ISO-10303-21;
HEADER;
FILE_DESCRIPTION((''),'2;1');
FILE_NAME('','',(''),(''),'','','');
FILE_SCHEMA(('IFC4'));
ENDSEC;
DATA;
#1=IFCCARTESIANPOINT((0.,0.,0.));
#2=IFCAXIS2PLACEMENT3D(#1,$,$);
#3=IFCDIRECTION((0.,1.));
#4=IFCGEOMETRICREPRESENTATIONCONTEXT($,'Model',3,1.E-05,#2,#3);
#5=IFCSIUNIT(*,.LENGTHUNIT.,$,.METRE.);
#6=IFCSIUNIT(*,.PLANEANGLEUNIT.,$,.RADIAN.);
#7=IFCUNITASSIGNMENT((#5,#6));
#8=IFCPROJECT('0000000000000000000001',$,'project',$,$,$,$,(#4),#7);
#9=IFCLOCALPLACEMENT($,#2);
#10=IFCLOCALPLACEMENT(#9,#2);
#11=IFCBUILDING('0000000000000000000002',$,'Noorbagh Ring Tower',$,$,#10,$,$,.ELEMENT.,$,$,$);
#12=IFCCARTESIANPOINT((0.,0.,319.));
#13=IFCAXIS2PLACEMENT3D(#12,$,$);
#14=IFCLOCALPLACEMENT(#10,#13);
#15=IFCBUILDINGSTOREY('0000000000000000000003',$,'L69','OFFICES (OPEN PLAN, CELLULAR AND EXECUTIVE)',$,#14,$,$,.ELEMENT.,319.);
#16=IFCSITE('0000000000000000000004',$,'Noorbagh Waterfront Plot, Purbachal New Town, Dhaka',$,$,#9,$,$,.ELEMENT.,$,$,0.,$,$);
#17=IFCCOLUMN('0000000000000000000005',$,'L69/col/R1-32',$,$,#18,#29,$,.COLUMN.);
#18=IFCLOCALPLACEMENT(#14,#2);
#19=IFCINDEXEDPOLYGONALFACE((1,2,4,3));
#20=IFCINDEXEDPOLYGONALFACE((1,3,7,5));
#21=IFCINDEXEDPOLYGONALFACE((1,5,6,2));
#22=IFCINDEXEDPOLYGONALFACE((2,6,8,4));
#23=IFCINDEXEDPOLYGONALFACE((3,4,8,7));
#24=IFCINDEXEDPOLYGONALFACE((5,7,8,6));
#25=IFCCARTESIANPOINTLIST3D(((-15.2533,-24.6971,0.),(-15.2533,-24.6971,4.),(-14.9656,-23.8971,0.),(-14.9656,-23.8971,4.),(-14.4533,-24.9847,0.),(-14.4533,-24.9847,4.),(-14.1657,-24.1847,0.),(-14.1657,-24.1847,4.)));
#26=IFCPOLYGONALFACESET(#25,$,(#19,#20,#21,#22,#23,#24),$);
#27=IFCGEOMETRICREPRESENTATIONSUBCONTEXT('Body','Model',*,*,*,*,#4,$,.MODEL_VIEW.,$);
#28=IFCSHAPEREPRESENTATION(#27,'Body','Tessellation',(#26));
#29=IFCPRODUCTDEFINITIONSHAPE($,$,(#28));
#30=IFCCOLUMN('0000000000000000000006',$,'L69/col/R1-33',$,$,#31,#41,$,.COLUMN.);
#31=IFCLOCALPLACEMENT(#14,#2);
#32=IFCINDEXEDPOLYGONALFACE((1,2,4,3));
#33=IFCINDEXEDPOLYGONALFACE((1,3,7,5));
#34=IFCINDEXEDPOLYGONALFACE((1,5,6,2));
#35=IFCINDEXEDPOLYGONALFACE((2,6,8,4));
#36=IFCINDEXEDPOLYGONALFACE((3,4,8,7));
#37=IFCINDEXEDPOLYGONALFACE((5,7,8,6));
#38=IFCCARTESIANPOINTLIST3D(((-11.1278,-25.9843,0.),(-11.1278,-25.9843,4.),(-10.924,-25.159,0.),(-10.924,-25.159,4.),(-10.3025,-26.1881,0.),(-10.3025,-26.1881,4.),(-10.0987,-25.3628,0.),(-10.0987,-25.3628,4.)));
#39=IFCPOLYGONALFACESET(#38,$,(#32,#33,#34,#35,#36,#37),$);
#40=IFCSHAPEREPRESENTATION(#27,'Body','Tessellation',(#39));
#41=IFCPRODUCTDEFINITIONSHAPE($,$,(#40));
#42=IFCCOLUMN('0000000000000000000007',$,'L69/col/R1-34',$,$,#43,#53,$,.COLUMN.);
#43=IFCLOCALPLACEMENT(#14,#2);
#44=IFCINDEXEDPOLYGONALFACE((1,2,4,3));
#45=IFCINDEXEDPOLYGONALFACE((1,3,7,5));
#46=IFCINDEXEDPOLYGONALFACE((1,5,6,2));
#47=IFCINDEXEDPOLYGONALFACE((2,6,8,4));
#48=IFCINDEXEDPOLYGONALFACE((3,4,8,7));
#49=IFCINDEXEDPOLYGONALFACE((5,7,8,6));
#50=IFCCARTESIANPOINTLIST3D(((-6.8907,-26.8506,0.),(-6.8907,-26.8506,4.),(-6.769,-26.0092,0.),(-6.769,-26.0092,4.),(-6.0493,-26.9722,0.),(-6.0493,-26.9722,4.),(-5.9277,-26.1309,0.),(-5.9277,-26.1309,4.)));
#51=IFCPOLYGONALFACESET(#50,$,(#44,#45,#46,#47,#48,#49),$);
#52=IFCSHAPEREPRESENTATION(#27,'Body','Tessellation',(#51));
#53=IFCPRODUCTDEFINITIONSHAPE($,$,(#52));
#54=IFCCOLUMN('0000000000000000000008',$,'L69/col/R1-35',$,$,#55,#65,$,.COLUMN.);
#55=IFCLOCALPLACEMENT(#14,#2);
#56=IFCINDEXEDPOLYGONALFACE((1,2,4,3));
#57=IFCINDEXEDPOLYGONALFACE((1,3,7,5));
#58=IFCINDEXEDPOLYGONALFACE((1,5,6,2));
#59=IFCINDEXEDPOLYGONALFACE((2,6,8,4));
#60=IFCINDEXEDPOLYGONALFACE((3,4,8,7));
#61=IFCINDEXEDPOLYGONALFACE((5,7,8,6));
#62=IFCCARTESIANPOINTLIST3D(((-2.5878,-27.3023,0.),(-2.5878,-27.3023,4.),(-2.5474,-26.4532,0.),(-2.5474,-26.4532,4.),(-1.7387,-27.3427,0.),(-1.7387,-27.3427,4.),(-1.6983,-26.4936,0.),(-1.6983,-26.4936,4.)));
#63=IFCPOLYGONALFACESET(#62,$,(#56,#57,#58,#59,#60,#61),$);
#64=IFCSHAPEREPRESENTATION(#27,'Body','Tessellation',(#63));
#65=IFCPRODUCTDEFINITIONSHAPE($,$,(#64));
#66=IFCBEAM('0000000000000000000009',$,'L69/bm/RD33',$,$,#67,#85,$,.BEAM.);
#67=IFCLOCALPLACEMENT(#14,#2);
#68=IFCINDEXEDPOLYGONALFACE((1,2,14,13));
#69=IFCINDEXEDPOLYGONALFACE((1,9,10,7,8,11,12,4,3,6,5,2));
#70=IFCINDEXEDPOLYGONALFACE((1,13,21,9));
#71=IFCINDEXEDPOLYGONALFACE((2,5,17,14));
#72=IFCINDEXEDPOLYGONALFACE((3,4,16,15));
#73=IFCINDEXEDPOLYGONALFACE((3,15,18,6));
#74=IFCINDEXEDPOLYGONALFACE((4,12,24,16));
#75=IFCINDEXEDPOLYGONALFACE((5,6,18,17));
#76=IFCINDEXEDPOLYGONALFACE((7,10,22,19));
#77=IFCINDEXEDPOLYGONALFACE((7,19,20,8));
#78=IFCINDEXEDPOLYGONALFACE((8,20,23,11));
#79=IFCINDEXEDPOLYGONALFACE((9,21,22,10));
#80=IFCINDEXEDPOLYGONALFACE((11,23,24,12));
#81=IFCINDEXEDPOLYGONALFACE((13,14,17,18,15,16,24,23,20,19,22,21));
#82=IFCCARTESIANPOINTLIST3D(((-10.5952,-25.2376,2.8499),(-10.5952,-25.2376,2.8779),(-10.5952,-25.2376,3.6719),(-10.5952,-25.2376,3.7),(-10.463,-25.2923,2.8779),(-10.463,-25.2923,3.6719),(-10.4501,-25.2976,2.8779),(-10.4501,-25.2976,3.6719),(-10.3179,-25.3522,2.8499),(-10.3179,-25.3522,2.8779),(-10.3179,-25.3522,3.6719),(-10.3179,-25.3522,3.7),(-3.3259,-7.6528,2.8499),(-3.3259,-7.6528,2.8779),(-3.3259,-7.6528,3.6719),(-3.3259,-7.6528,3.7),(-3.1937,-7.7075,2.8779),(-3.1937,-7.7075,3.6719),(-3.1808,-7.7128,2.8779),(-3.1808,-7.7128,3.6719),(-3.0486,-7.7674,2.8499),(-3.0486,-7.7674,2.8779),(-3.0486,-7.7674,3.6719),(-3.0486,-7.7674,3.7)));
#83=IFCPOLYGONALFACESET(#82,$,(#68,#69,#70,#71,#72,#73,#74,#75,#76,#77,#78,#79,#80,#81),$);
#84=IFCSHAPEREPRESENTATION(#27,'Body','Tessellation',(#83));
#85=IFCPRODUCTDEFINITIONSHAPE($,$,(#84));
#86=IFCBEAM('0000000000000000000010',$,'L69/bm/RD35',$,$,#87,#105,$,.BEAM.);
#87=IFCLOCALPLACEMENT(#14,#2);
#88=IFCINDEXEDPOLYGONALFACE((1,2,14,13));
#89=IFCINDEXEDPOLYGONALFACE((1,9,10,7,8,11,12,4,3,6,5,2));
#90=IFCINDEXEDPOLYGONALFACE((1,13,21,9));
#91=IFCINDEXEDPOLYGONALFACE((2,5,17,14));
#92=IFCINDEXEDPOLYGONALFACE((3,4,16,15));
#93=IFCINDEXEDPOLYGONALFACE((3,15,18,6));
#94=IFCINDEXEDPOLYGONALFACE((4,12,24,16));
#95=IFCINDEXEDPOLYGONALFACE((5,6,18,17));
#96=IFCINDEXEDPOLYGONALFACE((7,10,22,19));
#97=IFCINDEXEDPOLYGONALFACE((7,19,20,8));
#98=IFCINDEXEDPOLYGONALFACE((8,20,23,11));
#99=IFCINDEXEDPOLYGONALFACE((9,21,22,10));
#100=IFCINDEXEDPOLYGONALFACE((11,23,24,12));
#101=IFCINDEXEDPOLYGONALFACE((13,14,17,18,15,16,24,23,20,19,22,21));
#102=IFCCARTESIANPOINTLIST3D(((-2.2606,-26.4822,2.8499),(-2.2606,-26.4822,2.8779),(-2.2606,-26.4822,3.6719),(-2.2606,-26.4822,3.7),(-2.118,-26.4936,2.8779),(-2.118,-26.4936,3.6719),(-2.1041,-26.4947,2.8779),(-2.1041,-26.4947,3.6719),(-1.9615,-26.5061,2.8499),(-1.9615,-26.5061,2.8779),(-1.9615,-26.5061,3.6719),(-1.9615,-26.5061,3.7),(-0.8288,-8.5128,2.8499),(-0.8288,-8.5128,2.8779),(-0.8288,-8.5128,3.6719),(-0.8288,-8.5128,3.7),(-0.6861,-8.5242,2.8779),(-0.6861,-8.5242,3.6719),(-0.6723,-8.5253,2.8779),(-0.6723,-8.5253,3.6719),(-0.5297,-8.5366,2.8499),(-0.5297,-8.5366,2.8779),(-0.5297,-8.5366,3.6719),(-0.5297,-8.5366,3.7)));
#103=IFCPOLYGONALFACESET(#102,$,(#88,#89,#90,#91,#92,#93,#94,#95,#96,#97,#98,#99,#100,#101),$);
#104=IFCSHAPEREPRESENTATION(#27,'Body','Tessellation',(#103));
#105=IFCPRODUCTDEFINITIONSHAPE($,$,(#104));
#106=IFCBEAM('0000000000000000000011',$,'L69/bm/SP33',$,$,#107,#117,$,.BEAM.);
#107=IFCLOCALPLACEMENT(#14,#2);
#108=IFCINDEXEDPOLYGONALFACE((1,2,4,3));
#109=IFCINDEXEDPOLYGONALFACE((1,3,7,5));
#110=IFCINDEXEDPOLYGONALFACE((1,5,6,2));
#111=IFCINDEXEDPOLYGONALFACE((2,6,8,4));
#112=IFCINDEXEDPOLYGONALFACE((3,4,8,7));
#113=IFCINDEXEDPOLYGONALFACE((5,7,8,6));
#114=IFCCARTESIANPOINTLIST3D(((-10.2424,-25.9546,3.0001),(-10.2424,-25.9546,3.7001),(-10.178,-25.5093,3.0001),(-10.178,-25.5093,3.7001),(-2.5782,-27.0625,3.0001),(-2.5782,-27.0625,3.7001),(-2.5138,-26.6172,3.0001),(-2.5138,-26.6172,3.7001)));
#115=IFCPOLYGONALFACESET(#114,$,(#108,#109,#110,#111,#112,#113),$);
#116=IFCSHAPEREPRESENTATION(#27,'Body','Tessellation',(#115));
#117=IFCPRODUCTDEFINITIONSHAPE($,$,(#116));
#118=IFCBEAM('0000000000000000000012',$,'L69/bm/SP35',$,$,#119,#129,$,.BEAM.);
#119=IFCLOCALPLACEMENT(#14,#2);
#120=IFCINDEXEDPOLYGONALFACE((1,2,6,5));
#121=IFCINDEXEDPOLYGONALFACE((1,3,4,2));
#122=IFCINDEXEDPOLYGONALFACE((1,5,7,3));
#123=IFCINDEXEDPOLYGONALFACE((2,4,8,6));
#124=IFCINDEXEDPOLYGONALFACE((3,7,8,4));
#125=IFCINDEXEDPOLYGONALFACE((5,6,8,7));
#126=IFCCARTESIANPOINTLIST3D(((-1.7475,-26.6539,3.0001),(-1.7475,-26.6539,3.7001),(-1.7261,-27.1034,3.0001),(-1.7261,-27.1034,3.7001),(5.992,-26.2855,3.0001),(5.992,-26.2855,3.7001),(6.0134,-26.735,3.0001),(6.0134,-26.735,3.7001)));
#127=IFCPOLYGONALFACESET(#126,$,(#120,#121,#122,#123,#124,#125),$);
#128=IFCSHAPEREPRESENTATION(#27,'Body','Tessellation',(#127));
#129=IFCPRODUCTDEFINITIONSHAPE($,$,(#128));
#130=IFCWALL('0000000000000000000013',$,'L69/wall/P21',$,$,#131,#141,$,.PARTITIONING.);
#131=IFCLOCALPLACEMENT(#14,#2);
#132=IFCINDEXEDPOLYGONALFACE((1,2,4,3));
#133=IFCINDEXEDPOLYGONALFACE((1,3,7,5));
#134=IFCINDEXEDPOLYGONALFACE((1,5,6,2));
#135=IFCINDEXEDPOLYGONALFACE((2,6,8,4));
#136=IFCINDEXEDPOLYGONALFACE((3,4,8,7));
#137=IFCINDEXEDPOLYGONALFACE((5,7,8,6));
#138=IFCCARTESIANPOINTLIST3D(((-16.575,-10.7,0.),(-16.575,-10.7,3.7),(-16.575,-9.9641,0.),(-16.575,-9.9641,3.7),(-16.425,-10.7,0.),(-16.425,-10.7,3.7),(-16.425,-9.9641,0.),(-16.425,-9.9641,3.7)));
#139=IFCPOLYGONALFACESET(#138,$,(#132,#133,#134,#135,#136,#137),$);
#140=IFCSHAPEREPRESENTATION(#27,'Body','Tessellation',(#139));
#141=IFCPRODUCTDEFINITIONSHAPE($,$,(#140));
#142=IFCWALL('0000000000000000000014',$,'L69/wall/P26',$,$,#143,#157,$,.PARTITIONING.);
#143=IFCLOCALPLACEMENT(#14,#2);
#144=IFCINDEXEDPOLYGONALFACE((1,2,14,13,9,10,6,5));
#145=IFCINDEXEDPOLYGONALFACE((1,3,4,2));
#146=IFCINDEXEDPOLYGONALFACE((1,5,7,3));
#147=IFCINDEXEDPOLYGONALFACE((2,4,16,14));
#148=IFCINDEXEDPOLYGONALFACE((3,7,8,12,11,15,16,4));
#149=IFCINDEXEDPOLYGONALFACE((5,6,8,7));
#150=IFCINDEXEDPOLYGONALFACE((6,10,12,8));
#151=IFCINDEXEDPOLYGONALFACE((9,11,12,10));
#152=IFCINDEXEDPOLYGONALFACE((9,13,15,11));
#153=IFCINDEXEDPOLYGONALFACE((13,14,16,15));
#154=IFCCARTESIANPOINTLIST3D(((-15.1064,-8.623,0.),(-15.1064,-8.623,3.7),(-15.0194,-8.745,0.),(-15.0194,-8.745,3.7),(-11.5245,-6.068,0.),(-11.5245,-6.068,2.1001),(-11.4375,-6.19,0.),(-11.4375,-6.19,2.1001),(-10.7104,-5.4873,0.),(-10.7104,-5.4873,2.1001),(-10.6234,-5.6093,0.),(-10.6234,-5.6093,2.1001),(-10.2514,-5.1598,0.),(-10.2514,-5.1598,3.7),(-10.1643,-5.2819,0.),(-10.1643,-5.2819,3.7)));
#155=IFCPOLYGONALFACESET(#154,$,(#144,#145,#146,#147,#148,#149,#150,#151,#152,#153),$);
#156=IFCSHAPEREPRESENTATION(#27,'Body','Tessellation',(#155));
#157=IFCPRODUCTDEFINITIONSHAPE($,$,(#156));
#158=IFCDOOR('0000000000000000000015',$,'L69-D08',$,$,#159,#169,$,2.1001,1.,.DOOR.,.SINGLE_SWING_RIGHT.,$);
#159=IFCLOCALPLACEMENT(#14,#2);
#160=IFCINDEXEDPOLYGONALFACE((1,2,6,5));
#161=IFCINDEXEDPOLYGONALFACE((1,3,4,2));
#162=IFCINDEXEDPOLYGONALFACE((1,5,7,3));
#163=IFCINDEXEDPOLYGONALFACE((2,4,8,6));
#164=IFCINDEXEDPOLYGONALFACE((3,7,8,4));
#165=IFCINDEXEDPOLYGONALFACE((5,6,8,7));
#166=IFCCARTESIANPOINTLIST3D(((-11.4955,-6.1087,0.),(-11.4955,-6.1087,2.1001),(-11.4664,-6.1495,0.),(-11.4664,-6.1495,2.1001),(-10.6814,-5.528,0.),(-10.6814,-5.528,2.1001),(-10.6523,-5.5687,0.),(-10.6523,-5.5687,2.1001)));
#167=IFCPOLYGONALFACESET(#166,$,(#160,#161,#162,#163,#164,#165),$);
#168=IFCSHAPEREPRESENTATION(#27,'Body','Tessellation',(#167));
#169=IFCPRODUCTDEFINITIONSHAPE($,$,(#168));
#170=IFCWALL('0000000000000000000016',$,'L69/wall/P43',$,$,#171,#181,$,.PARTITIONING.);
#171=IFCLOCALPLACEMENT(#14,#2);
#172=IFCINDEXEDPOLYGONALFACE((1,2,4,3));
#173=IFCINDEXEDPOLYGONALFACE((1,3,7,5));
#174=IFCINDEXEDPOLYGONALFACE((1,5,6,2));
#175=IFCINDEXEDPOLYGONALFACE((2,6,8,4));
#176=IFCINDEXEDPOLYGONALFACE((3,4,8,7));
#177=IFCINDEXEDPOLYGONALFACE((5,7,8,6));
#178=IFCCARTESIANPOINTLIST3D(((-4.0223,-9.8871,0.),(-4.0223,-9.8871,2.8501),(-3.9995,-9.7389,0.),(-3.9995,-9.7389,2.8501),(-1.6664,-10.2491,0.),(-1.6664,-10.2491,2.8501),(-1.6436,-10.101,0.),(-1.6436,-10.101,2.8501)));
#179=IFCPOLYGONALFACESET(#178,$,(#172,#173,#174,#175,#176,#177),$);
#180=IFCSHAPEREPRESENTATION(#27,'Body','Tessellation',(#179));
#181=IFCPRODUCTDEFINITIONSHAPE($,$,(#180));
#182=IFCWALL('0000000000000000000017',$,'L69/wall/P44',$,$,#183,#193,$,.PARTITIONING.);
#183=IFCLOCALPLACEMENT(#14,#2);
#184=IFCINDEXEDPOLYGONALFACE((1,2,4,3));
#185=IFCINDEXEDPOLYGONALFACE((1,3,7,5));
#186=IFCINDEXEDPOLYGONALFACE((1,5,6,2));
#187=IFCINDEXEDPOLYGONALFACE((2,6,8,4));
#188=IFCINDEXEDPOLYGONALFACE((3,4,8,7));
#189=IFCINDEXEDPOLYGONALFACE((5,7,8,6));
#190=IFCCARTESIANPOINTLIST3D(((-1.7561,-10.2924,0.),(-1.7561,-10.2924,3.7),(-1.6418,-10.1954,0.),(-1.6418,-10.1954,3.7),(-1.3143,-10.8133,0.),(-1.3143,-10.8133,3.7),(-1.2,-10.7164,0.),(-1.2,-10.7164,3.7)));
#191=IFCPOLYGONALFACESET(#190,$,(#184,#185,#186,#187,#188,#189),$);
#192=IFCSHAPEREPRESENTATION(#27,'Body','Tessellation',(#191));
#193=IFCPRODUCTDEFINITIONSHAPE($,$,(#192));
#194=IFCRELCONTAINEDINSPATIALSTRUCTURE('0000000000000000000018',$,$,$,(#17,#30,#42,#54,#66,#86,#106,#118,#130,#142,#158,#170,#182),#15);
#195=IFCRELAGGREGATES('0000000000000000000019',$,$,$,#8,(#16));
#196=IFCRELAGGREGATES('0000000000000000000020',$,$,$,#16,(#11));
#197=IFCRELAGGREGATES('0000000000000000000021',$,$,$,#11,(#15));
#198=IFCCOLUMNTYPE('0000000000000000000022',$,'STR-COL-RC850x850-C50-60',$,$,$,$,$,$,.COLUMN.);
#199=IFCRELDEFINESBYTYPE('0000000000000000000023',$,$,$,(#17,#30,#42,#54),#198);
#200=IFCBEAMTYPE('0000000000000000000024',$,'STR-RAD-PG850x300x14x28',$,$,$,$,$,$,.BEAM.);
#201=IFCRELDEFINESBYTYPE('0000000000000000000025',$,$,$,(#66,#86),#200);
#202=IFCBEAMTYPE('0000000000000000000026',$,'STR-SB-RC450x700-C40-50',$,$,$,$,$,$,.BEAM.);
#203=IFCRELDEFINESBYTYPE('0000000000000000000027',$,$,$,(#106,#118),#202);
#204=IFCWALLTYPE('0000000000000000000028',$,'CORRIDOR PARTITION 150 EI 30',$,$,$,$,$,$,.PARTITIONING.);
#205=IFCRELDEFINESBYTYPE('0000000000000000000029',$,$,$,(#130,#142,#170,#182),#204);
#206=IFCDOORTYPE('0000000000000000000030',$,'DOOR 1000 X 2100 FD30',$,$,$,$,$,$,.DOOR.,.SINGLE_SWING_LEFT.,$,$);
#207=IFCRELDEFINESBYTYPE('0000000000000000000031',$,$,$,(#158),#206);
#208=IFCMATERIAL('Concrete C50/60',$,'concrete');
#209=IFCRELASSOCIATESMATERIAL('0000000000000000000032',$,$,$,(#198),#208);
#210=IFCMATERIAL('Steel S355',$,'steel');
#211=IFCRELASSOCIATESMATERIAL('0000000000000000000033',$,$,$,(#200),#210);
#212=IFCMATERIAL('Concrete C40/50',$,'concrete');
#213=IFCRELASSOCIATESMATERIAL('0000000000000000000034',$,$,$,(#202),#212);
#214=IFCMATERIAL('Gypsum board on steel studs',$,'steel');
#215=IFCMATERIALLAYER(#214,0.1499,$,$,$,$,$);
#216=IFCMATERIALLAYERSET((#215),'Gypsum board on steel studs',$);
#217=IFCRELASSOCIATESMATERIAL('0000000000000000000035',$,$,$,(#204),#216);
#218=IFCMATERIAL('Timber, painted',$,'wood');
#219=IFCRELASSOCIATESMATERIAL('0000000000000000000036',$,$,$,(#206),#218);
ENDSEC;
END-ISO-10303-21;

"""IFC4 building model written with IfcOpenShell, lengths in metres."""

from ifc_helpers import new_model, si_unit, direction, frame, frame_2d, origin, origin_2d, place, context, subcontext, project, spatial, rectangle, i_section, extrude, material, layer, layer_set, material_profile, profile_set, type_object, element, fill, save


model = new_model("IFC4")

# Units and contexts
model_context = context("Model", 3, precision=1e-05, world=origin(), true_north=direction((0.0, 1.0)))
body_context = subcontext(model_context, "Body", "Model", "MODEL_VIEW")
ifc_project = project(units=[si_unit("LENGTHUNIT", "METRE"), si_unit("PLANEANGLEUNIT", "RADIAN")], contexts=[model_context])

# Site, building, storey
site_placement = place(None, origin())
site = spatial("IfcSite", under=ifc_project, at=site_placement, Name="Noorbagh Waterfront Plot, Purbachal New Town, Dhaka", CompositionType="ELEMENT", RefElevation=0.0)
building_placement = place(site_placement, origin())
building = spatial("IfcBuilding", under=site, at=building_placement, Name="Noorbagh Ring Tower", CompositionType="ELEMENT")
storey_placement = place(building_placement, frame((0.0, 0.0, 319.0)))
storey = spatial("IfcBuildingStorey", under=building, at=storey_placement, Name="L69", Description="OFFICES (OPEN PLAN, CELLULAR AND EXECUTIVE)", CompositionType="ELEMENT", Elevation=319.0)

# Columns
ifc_material_1 = material(Name="Concrete C50/60", Category="concrete")
ifc_material_profile_1 = material_profile(ifc_material_1, rectangle(XDim=0.8501, YDim=0.8501, at=origin_2d()), Name="RC850x850")
ifc_profile_set_1 = profile_set([ifc_material_profile_1], Name="Concrete C50/60")
column_type = type_object("IfcColumnType", Name="STR-COL-RC850x850-C50-60", PredefinedType="COLUMN", material=ifc_profile_set_1)
for number, where, z_axis, x_axis, name in (
    (1, (-14.7095, -24.4409, 0.0), (0.0, 0.0, 1.0), (0.941025, -0.338338, 0.0), "L69/col/R1-32"),
    (2, (-10.6133, -25.6736, 0.0), (0.0, 0.0, 1.0), (0.970829, -0.239771, 0.0), "L69/col/R1-33"),
    (3, (-6.4092, -26.4907, 0.0), (0.0, 0.0, 1.0), (0.989713, -0.143066, 0.0), "L69/col/R1-34"),
    (4, (-2.1431, -26.8979, 0.0), (0.0, 0.0, 1.0), (0.998869, -0.047553, 0.0), "L69/col/R1-35"),
):
    element("IfcColumn", number, at=place(storey_placement, frame(where, z_axis=z_axis, x_axis=x_axis)), inside=storey, type_object=column_type, Name=name, PredefinedType="COLUMN", context=body_context, shape_type="SweptSolid", body=[
        extrude(rectangle(XDim=0.8501, YDim=0.8501, at=origin_2d()), origin(), (0.0, 0.0, 1.0), 4.0),
    ])

# Beams
ifc_material_2 = material(Name="Steel S355", Category="steel")
ifc_material_profile_2 = material_profile(ifc_material_2, i_section(OverallWidth=0.3, OverallDepth=0.8501, WebThickness=0.0139, FlangeThickness=0.0281, at=origin_2d()), Name="PG850x300x14x28")
ifc_profile_set_2 = profile_set([ifc_material_profile_2], Name="Steel S355")
beam_type_1 = type_object("IfcBeamType", Name="STR-RAD-PG850x300x14x28", PredefinedType="BEAM", material=ifc_profile_set_2)
beam_1_placement = place(storey_placement, frame((-10.4565, -25.2949, 3.2749), z_axis=(0.382031, 0.924149, 0.0), x_axis=(-0.924149, 0.382031, 0.0)))
element("IfcBeam", 5, at=beam_1_placement, inside=storey, type_object=beam_type_1, Name="L69/bm/RD33", PredefinedType="BEAM", context=body_context, shape_type="SweptSolid", body=[
    extrude(i_section(OverallWidth=0.3, OverallDepth=0.8501, WebThickness=0.0139, FlangeThickness=0.0281, at=origin_2d()), origin(), (0.0, 0.0, 1.0), 19.0281),
])
beam_2_placement = place(storey_placement, frame((-2.1111, -26.4941, 3.2749), z_axis=(0.079432, 0.99684, 0.0), x_axis=(-0.99684, 0.079432, 0.0)))
element("IfcBeam", 6, at=beam_2_placement, inside=storey, type_object=beam_type_1, Name="L69/bm/RD35", PredefinedType="BEAM", context=body_context, shape_type="SweptSolid", body=[
    extrude(i_section(OverallWidth=0.3, OverallDepth=0.8501, WebThickness=0.0139, FlangeThickness=0.0281, at=origin_2d()), origin(), (0.0, 0.0, 1.0), 18.0264),
])
ifc_material_3 = material(Name="Concrete C40/50", Category="concrete")
ifc_material_profile_3 = material_profile(ifc_material_3, rectangle(XDim=0.45, YDim=0.7, at=origin_2d()), Name="RC450x700")
ifc_profile_set_3 = profile_set([ifc_material_profile_3], Name="Concrete C40/50")
beam_type_2 = type_object("IfcBeamType", Name="STR-SB-RC450x700-C40-50", PredefinedType="BEAM", material=ifc_profile_set_3)
beam_3_placement = place(storey_placement, frame((-10.2102, -25.7319, 3.3501), z_axis=(0.989713, -0.143067, 0.0), x_axis=(0.143067, 0.989713, 0.0)))
element("IfcBeam", 7, at=beam_3_placement, inside=storey, type_object=beam_type_2, Name="L69/bm/SP33", PredefinedType="BEAM", context=body_context, shape_type="SweptSolid", body=[
    extrude(rectangle(XDim=0.45, YDim=0.7, at=origin_2d()), origin(), (0.0, 0.0, 1.0), 7.7439),
])
beam_4_placement = place(storey_placement, frame((-1.7368, -26.8787, 3.3501), z_axis=(0.998869, 0.047547, 0.0), x_axis=(-0.047547, 0.998869, 0.0)))
element("IfcBeam", 8, at=beam_4_placement, inside=storey, type_object=beam_type_2, Name="L69/bm/SP35", PredefinedType="BEAM", context=body_context, shape_type="SweptSolid", body=[
    extrude(rectangle(XDim=0.45, YDim=0.7, at=origin_2d()), origin(), (0.0, 0.0, 1.0), 7.7483),
])

# Wall
ifc_material_4 = material(Name="Gypsum board on steel studs", Category="steel")
ifc_layer_1 = layer(ifc_material_4, 0.1499)
ifc_layer_set_1 = layer_set([ifc_layer_1], Name="Gypsum board on steel studs")
wall_type_1 = type_object("IfcWallType", Name="CORRIDOR PARTITION 150 EI 30", PredefinedType="PARTITIONING", material=ifc_layer_set_1)
wall_1_placement = place(storey_placement, frame((-16.5, -10.7, 0.0), z_axis=(0.0, 0.0, 1.0), x_axis=(0.0, 1.0, 0.0)))
element("IfcWall", 9, at=wall_1_placement, inside=storey, type_object=wall_type_1, Name="L69/wall/P21", PredefinedType="PARTITIONING", context=body_context, shape_type="SweptSolid", body=[
    extrude(rectangle(XDim=0.7358, YDim=0.1499, at=frame_2d((0.3679, 0.0))), origin(), (0.0, 0.0, 1.0), 3.7),
])

# Wall, opening, door
wall_2_placement = place(storey_placement, frame((-15.063, -8.6841, 0.0), z_axis=(0.0, 0.0, 1.0), x_axis=(0.814107, 0.580715, 0.0)))
wall_2 = element("IfcWall", 10, at=wall_2_placement, inside=storey, type_object=wall_type_1, Name="L69/wall/P26", PredefinedType="PARTITIONING", context=body_context, shape_type="SweptSolid", body=[
    extrude(rectangle(XDim=5.9636, YDim=0.1499, at=frame_2d((2.9819, 0.0))), origin(), (0.0, 0.0, 1.0), 3.7),
])
opening_placement = place(wall_2_placement, frame((4.3999, 0.0, 0.0)))
opening = element("IfcOpeningElement", 11, at=opening_placement, cuts=wall_2, PredefinedType="OPENING", context=body_context, shape_type="SweptSolid", body=[
    extrude(rectangle(XDim=1.0, YDim=2.1001, at=frame_2d((0.5, 1.05))), frame((0.0, 0.085, 0.0), z_axis=(0.0, -1.0, 0.0), x_axis=(1.0, 0.0, 0.0)), (0.0, 0.0, 1.0), 0.1699),
])
ifc_material_5 = material(Name="Timber, painted", Category="wood")
door_type = type_object("IfcDoorType", Name="DOOR 1000 X 2100 FD30", OperationType="SINGLE_SWING_LEFT", PredefinedType="DOOR", material=ifc_material_5)
door_placement = place(opening_placement, origin())
door = element("IfcDoor", 12, at=door_placement, inside=storey, type_object=door_type, Name="L69-D08", OperationType="SINGLE_SWING_RIGHT", OverallHeight=2.1001, OverallWidth=1.0, PredefinedType="DOOR", context=body_context, shape_type="SweptSolid", body=[
    extrude(rectangle(XDim=1.0, YDim=2.1001, at=frame_2d((0.5, 1.05))), frame((0.0, 0.0249, 0.0), z_axis=(0.0, -1.0, 0.0), x_axis=(1.0, 0.0, 0.0)), (0.0, 0.0, 1.0), 0.05),
])
fill(opening, door)

# Walls
wall_3_placement = place(storey_placement, frame((-4.011, -9.813, 0.0), z_axis=(0.0, 0.0, 1.0), x_axis=(0.988397, -0.151896, 0.0)))
element("IfcWall", 13, at=wall_3_placement, inside=storey, type_object=wall_type_1, Name="L69/wall/P43", PredefinedType="PARTITIONING", context=body_context, shape_type="SweptSolid", body=[
    extrude(rectangle(XDim=2.3835, YDim=0.1499, at=frame_2d((1.1919, 0.0))), origin(), (0.0, 0.0, 1.0), 2.8501),
])
wall_4_placement = place(storey_placement, frame((-1.699, -10.2439, 0.0), z_axis=(0.0, 0.0, 1.0), x_axis=(0.646839, -0.762627, 0.0)))
element("IfcWall", 14, at=wall_4_placement, inside=storey, type_object=wall_type_1, Name="L69/wall/P44", PredefinedType="PARTITIONING", context=body_context, shape_type="SweptSolid", body=[
    extrude(rectangle(XDim=0.6831, YDim=0.1499, at=frame_2d((0.3416, 0.0))), origin(), (0.0, 0.0, 1.0), 3.7),
])

save(model, "model.ifc")
